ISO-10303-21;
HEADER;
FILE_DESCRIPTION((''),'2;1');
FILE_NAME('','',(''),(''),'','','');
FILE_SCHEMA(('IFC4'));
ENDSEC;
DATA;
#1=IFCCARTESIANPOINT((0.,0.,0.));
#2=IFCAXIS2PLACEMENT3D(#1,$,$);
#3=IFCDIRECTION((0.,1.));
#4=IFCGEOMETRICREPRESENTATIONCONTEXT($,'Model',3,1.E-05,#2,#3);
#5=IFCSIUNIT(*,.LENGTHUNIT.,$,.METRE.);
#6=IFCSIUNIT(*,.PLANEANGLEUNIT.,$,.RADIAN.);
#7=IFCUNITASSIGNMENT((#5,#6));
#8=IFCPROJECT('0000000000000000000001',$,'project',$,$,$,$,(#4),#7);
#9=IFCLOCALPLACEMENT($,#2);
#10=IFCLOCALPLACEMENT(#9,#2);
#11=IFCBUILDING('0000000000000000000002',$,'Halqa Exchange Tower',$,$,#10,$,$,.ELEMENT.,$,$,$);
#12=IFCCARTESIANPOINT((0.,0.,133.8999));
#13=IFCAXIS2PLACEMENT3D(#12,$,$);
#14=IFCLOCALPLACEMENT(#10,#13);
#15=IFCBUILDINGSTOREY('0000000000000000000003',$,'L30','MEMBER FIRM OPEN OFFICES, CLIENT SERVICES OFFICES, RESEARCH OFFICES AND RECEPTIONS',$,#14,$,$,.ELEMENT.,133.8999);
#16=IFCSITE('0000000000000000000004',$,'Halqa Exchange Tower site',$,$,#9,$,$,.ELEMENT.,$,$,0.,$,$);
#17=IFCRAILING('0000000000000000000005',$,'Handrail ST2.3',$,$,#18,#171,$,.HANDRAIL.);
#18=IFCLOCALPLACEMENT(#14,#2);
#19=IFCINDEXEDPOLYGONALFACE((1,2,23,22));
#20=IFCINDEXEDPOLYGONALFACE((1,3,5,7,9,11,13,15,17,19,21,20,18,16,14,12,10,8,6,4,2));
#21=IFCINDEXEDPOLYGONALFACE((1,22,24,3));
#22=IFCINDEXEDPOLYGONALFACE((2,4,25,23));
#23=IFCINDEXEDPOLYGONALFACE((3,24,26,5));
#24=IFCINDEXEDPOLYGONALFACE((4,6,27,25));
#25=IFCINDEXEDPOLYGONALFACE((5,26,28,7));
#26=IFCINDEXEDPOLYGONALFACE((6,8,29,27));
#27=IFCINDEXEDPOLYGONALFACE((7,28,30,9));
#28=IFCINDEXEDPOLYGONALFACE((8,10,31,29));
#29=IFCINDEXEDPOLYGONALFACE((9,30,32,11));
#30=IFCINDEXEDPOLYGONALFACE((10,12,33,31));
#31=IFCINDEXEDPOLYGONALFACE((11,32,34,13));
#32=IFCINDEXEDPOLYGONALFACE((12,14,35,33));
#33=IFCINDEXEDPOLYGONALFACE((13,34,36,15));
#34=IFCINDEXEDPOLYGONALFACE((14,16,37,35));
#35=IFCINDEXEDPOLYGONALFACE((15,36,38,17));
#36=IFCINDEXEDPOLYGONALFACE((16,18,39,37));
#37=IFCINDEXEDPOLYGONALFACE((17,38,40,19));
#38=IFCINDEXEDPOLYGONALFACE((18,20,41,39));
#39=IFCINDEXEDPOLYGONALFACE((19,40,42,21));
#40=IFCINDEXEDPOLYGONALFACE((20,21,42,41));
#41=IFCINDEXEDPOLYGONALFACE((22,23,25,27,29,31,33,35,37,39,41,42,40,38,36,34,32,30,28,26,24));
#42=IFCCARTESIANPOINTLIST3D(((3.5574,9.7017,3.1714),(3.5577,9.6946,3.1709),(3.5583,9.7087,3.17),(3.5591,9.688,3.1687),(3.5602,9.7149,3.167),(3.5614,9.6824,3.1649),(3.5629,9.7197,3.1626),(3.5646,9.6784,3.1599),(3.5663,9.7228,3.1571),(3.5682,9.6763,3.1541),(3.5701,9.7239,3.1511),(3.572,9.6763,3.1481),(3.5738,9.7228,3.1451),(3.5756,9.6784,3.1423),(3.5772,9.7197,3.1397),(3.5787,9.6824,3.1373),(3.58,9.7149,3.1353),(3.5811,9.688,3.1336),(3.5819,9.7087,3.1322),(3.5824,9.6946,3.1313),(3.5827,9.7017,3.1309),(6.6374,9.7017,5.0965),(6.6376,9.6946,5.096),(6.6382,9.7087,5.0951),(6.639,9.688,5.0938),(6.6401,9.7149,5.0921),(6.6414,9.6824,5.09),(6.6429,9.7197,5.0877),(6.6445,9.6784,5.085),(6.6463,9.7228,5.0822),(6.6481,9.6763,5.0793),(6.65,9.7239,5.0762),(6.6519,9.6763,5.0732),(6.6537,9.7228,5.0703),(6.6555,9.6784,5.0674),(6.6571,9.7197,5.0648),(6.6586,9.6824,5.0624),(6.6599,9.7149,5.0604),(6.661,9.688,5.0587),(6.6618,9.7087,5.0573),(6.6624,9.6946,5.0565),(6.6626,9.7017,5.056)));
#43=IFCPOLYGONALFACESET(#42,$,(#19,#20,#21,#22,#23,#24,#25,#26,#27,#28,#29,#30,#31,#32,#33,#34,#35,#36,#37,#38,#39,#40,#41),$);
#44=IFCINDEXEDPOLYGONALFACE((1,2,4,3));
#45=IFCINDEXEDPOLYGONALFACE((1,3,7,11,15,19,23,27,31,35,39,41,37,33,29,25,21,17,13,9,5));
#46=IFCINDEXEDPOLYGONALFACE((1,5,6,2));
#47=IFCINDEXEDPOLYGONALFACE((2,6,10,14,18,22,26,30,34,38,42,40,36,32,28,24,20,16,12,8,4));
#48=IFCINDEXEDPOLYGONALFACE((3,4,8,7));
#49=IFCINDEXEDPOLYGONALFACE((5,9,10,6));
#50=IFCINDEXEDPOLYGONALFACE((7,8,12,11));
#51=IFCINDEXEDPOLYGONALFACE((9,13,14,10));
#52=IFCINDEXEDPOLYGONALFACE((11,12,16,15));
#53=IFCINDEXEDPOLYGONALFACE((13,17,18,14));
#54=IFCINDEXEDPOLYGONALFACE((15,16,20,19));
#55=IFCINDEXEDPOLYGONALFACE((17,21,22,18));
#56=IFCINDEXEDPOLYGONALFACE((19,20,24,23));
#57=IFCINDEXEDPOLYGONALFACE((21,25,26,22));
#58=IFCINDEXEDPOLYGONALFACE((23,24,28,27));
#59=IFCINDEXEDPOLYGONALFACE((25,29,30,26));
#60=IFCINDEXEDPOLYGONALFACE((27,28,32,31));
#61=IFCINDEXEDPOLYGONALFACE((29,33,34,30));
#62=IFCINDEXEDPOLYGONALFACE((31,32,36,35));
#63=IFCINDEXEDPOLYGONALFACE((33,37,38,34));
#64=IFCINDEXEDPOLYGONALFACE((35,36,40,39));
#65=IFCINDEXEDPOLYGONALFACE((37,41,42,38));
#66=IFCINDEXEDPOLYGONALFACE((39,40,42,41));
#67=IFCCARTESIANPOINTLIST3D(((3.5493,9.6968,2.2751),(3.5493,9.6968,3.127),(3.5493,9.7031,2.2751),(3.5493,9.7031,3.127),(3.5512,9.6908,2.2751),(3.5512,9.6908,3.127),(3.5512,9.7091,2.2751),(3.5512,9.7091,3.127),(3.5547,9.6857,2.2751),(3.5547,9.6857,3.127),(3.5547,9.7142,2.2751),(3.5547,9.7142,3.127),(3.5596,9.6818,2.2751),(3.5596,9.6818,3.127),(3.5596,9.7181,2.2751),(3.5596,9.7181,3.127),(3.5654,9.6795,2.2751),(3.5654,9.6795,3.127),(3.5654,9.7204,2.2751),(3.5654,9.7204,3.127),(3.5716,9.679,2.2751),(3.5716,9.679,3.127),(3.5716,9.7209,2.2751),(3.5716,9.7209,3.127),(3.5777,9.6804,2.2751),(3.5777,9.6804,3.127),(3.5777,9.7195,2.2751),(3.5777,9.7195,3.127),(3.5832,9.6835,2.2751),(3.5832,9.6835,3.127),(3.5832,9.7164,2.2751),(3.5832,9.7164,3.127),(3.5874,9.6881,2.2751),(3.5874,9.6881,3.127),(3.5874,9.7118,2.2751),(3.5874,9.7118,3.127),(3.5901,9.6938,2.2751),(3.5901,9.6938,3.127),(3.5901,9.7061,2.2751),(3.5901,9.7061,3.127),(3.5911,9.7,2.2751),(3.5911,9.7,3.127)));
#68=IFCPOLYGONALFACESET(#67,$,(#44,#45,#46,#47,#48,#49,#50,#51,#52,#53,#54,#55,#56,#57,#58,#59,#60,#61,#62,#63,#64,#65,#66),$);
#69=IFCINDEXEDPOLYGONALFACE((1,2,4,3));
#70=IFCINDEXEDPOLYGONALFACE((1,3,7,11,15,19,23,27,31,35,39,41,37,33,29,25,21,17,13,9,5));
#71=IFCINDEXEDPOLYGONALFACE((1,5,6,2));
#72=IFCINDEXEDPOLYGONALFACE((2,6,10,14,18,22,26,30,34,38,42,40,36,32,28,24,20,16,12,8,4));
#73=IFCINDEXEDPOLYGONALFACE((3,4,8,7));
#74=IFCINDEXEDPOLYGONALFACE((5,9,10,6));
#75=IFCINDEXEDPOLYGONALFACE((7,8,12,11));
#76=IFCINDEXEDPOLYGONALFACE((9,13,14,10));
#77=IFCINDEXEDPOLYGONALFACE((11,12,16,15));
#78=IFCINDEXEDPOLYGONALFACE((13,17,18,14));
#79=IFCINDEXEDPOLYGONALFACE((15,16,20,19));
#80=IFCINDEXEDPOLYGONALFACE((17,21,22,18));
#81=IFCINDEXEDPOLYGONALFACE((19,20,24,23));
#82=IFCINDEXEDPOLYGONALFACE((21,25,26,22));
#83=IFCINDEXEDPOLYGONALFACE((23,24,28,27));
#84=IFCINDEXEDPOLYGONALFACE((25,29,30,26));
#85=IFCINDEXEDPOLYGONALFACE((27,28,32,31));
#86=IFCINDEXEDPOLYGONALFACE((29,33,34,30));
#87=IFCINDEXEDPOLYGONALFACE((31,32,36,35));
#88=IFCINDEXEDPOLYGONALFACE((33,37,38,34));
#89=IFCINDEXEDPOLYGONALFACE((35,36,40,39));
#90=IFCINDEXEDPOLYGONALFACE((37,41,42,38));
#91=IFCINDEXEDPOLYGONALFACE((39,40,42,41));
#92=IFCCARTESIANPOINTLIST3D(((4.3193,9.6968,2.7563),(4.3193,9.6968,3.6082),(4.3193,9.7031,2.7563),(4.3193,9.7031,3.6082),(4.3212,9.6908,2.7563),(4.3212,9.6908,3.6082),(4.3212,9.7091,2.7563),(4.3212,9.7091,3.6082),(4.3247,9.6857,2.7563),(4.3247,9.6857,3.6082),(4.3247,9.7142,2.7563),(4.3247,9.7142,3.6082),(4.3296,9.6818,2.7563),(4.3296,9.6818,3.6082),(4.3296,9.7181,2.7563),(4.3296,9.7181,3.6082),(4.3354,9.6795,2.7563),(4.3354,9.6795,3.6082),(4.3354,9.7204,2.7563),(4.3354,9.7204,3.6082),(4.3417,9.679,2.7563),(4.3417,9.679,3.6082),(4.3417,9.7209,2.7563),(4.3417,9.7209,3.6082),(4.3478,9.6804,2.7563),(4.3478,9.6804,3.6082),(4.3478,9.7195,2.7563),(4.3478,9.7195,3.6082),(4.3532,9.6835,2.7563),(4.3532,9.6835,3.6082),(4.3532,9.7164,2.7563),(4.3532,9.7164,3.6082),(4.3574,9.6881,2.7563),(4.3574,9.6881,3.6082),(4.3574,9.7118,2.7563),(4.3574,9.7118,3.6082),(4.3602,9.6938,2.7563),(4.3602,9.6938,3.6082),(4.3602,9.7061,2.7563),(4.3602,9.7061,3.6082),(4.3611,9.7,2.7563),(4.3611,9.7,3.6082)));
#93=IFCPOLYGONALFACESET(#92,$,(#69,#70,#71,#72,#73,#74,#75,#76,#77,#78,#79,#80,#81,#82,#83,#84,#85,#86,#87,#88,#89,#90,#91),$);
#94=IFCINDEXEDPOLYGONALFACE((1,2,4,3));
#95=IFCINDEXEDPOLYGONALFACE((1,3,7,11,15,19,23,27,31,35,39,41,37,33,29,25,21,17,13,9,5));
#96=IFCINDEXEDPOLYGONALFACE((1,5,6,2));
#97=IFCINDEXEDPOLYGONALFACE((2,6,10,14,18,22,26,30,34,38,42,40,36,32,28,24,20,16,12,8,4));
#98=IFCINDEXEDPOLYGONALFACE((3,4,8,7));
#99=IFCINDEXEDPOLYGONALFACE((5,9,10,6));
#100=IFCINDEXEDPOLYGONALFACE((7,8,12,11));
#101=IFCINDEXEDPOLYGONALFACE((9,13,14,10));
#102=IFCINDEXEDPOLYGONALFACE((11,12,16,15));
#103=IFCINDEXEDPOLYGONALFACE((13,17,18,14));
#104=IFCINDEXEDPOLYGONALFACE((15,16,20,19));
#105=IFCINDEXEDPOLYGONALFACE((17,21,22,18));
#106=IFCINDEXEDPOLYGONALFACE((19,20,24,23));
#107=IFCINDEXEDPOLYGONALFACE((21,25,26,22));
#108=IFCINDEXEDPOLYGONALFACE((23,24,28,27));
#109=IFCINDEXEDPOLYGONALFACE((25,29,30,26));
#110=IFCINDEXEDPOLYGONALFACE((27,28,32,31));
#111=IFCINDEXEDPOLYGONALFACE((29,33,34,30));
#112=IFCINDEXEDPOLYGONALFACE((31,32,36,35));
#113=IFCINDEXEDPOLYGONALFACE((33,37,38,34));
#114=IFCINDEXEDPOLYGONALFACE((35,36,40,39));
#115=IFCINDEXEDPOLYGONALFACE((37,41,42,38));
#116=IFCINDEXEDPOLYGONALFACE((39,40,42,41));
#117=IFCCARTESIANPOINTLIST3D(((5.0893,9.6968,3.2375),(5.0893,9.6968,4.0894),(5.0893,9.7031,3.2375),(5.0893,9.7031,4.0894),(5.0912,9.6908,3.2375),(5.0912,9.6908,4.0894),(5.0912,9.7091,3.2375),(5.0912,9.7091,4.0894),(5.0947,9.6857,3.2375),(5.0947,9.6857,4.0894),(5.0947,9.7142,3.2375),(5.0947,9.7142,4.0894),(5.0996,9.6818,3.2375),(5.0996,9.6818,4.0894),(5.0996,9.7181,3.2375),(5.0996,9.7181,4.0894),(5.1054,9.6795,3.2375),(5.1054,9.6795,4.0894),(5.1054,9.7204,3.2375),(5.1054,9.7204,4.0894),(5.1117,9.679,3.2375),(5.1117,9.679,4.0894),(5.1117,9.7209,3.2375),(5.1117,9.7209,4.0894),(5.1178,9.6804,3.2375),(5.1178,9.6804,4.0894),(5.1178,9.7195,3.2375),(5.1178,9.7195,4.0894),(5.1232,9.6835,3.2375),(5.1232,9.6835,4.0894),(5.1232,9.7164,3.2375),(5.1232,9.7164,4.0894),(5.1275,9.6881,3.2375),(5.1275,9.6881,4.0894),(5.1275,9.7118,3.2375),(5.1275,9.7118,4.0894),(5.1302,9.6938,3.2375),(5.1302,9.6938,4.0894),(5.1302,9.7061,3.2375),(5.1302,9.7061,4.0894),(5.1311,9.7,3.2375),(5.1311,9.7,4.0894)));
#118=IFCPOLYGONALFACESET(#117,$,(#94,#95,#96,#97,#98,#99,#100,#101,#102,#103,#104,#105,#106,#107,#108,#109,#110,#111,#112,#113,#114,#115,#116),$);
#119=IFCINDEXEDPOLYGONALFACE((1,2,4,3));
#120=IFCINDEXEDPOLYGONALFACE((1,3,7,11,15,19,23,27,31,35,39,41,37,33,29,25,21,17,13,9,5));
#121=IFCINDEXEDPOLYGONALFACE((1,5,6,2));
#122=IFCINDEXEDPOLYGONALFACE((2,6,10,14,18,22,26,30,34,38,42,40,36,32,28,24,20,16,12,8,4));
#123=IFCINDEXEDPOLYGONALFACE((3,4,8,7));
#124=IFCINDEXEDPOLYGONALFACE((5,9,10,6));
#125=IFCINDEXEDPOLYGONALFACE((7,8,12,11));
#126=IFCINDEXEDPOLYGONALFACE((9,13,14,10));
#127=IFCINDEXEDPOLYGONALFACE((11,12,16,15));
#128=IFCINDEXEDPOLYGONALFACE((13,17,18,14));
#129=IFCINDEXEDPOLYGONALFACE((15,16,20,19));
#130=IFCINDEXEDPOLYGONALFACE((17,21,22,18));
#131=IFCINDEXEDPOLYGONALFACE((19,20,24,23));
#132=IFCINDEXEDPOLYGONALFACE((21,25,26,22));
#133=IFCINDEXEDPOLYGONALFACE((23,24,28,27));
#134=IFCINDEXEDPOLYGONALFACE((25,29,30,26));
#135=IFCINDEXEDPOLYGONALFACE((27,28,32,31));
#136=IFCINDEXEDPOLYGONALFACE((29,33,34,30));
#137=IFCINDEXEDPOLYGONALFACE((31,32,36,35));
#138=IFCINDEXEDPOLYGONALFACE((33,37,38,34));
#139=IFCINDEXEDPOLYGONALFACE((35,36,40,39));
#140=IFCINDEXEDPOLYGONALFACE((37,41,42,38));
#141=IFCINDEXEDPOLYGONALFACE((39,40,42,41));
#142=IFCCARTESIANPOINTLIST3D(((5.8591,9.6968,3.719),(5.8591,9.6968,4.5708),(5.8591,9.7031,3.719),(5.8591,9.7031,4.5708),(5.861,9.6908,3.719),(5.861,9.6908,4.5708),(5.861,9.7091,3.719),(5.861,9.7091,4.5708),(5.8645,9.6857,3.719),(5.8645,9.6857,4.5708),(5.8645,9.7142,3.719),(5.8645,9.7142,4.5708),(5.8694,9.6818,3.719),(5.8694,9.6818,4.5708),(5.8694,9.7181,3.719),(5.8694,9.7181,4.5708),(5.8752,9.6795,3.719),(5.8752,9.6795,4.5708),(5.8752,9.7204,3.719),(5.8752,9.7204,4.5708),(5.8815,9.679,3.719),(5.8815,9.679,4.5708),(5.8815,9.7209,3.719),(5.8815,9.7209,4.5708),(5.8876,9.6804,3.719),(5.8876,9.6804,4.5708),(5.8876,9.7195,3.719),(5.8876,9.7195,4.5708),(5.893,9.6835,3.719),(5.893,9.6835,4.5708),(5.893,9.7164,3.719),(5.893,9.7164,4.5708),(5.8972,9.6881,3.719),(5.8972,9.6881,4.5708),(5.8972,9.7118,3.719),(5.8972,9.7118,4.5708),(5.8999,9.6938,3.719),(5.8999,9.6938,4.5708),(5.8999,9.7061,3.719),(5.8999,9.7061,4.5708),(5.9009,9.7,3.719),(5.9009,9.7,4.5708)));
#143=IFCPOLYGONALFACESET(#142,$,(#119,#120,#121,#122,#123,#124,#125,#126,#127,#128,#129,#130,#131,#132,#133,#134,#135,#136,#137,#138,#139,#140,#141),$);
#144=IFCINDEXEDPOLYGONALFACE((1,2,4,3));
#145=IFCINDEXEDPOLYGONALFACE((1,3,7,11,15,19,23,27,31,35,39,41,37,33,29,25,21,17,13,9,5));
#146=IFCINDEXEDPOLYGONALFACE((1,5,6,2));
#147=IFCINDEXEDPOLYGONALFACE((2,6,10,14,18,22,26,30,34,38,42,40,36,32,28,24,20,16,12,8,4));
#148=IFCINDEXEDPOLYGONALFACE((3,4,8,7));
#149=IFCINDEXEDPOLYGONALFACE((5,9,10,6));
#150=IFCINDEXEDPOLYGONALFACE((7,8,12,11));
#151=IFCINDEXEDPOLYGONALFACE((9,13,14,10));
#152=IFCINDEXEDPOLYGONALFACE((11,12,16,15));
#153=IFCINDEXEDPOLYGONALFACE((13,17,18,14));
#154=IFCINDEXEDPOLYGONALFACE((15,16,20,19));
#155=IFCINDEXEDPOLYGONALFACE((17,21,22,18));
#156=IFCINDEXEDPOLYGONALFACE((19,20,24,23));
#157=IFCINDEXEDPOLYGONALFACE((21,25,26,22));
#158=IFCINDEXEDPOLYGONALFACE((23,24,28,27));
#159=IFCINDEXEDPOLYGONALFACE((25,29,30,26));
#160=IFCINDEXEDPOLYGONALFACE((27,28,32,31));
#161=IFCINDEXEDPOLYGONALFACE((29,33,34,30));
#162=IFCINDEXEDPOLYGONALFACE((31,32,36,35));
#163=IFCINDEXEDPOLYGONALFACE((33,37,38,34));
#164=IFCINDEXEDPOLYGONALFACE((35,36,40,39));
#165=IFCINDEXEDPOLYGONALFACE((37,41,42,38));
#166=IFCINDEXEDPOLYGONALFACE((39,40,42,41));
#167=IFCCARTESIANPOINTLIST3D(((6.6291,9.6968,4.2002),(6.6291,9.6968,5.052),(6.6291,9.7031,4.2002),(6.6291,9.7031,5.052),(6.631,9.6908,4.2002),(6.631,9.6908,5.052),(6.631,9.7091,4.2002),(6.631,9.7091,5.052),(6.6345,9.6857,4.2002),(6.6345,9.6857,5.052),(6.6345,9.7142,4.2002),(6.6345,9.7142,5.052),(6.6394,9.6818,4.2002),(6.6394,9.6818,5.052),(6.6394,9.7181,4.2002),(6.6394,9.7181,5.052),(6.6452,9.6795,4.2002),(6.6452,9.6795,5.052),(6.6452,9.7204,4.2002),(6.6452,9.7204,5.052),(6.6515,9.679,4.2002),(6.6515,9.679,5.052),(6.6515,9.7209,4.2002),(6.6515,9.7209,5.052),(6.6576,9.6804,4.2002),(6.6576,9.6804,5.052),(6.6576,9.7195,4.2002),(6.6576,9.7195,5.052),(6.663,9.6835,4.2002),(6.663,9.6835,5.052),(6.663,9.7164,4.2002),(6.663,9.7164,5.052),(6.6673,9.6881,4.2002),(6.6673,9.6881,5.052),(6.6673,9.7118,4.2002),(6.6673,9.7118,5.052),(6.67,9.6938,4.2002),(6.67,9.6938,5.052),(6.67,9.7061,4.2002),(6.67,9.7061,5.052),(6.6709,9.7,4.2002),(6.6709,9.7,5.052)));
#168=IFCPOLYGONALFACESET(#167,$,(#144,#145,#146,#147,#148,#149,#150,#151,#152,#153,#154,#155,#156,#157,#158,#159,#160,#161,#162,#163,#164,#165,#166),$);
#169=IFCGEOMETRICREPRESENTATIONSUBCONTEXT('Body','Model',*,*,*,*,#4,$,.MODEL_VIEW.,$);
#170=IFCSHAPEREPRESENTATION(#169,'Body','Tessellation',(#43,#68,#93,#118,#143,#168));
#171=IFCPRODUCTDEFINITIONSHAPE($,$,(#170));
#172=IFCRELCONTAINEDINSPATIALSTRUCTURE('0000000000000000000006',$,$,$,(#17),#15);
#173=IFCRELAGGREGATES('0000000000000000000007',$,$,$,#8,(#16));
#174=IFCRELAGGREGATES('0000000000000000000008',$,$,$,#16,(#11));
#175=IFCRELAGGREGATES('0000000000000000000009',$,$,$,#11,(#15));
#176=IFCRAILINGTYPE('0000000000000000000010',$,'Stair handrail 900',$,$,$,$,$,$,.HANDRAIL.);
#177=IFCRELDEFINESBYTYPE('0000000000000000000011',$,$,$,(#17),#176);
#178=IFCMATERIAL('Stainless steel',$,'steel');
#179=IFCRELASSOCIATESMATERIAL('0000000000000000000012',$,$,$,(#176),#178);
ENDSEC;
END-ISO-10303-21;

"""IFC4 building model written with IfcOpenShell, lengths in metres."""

from ifc_helpers import new_model, si_unit, direction, frame, origin, origin_2d, place, context, subcontext, project, spatial, circle, extrude, material, type_object, element, save


model = new_model("IFC4")

# Units and contexts
model_context = context("Model", 3, precision=1e-05, world=origin(), true_north=direction((0.0, 1.0)))
body_context = subcontext(model_context, "Body", "Model", "MODEL_VIEW")
ifc_project = project(units=[si_unit("LENGTHUNIT", "METRE"), si_unit("PLANEANGLEUNIT", "RADIAN")], contexts=[model_context])

# Site, building, storey
site_placement = place(None, origin())
site = spatial("IfcSite", under=ifc_project, at=site_placement, Name="Halqa Exchange Tower site", CompositionType="ELEMENT", RefElevation=0.0)
building_placement = place(site_placement, origin())
building = spatial("IfcBuilding", under=site, at=building_placement, Name="Halqa Exchange Tower", CompositionType="ELEMENT")
storey_placement = place(building_placement, frame((0.0, 0.0, 133.8999)))
storey = spatial("IfcBuildingStorey", under=building, at=storey_placement, Name="L30", Description="MEMBER FIRM OPEN OFFICES, CLIENT SERVICES OFFICES, RESEARCH OFFICES AND RECEPTIONS", CompositionType="ELEMENT", Elevation=133.8999)

# Railing
ifc_material_1 = material(Name="Stainless steel", Category="steel")
railing_type_1 = type_object("IfcRailingType", Name="Stair handrail 900", PredefinedType="HANDRAIL", material=ifc_material_1)
railing_1_placement = place(storey_placement, frame((3.5701, 9.7, 2.2751)))
element("IfcRailing", 1, at=railing_1_placement, inside=storey, type_object=railing_type_1, Name="Handrail ST2.3", PredefinedType="HANDRAIL", context=body_context, shape_type="SweptSolid", body=[
    extrude(circle(Radius=0.0239, at=origin_2d()), frame((0.0, 0.0, 0.876), z_axis=(0.847979, 0.0, 0.530029), x_axis=(0.0, 1.0, 0.0)), (0.0, 0.0, 1.0), 3.6321),
    extrude(circle(Radius=0.021, at=origin_2d()), origin(), (0.0, 0.0, 1.0), 0.8518),
    extrude(circle(Radius=0.021, at=origin_2d()), frame((0.77, 0.0, 0.4812)), (0.0, 0.0, 1.0), 0.8518),
    extrude(circle(Radius=0.021, at=origin_2d()), frame((1.54, 0.0, 0.9624)), (0.0, 0.0, 1.0), 0.8518),
    extrude(circle(Radius=0.021, at=origin_2d()), frame((2.3098, 0.0, 1.4438)), (0.0, 0.0, 1.0), 0.8518),
    extrude(circle(Radius=0.021, at=origin_2d()), frame((3.0798, 0.0, 1.925)), (0.0, 0.0, 1.0), 0.8518),
])

save(model, "model.ifc")
